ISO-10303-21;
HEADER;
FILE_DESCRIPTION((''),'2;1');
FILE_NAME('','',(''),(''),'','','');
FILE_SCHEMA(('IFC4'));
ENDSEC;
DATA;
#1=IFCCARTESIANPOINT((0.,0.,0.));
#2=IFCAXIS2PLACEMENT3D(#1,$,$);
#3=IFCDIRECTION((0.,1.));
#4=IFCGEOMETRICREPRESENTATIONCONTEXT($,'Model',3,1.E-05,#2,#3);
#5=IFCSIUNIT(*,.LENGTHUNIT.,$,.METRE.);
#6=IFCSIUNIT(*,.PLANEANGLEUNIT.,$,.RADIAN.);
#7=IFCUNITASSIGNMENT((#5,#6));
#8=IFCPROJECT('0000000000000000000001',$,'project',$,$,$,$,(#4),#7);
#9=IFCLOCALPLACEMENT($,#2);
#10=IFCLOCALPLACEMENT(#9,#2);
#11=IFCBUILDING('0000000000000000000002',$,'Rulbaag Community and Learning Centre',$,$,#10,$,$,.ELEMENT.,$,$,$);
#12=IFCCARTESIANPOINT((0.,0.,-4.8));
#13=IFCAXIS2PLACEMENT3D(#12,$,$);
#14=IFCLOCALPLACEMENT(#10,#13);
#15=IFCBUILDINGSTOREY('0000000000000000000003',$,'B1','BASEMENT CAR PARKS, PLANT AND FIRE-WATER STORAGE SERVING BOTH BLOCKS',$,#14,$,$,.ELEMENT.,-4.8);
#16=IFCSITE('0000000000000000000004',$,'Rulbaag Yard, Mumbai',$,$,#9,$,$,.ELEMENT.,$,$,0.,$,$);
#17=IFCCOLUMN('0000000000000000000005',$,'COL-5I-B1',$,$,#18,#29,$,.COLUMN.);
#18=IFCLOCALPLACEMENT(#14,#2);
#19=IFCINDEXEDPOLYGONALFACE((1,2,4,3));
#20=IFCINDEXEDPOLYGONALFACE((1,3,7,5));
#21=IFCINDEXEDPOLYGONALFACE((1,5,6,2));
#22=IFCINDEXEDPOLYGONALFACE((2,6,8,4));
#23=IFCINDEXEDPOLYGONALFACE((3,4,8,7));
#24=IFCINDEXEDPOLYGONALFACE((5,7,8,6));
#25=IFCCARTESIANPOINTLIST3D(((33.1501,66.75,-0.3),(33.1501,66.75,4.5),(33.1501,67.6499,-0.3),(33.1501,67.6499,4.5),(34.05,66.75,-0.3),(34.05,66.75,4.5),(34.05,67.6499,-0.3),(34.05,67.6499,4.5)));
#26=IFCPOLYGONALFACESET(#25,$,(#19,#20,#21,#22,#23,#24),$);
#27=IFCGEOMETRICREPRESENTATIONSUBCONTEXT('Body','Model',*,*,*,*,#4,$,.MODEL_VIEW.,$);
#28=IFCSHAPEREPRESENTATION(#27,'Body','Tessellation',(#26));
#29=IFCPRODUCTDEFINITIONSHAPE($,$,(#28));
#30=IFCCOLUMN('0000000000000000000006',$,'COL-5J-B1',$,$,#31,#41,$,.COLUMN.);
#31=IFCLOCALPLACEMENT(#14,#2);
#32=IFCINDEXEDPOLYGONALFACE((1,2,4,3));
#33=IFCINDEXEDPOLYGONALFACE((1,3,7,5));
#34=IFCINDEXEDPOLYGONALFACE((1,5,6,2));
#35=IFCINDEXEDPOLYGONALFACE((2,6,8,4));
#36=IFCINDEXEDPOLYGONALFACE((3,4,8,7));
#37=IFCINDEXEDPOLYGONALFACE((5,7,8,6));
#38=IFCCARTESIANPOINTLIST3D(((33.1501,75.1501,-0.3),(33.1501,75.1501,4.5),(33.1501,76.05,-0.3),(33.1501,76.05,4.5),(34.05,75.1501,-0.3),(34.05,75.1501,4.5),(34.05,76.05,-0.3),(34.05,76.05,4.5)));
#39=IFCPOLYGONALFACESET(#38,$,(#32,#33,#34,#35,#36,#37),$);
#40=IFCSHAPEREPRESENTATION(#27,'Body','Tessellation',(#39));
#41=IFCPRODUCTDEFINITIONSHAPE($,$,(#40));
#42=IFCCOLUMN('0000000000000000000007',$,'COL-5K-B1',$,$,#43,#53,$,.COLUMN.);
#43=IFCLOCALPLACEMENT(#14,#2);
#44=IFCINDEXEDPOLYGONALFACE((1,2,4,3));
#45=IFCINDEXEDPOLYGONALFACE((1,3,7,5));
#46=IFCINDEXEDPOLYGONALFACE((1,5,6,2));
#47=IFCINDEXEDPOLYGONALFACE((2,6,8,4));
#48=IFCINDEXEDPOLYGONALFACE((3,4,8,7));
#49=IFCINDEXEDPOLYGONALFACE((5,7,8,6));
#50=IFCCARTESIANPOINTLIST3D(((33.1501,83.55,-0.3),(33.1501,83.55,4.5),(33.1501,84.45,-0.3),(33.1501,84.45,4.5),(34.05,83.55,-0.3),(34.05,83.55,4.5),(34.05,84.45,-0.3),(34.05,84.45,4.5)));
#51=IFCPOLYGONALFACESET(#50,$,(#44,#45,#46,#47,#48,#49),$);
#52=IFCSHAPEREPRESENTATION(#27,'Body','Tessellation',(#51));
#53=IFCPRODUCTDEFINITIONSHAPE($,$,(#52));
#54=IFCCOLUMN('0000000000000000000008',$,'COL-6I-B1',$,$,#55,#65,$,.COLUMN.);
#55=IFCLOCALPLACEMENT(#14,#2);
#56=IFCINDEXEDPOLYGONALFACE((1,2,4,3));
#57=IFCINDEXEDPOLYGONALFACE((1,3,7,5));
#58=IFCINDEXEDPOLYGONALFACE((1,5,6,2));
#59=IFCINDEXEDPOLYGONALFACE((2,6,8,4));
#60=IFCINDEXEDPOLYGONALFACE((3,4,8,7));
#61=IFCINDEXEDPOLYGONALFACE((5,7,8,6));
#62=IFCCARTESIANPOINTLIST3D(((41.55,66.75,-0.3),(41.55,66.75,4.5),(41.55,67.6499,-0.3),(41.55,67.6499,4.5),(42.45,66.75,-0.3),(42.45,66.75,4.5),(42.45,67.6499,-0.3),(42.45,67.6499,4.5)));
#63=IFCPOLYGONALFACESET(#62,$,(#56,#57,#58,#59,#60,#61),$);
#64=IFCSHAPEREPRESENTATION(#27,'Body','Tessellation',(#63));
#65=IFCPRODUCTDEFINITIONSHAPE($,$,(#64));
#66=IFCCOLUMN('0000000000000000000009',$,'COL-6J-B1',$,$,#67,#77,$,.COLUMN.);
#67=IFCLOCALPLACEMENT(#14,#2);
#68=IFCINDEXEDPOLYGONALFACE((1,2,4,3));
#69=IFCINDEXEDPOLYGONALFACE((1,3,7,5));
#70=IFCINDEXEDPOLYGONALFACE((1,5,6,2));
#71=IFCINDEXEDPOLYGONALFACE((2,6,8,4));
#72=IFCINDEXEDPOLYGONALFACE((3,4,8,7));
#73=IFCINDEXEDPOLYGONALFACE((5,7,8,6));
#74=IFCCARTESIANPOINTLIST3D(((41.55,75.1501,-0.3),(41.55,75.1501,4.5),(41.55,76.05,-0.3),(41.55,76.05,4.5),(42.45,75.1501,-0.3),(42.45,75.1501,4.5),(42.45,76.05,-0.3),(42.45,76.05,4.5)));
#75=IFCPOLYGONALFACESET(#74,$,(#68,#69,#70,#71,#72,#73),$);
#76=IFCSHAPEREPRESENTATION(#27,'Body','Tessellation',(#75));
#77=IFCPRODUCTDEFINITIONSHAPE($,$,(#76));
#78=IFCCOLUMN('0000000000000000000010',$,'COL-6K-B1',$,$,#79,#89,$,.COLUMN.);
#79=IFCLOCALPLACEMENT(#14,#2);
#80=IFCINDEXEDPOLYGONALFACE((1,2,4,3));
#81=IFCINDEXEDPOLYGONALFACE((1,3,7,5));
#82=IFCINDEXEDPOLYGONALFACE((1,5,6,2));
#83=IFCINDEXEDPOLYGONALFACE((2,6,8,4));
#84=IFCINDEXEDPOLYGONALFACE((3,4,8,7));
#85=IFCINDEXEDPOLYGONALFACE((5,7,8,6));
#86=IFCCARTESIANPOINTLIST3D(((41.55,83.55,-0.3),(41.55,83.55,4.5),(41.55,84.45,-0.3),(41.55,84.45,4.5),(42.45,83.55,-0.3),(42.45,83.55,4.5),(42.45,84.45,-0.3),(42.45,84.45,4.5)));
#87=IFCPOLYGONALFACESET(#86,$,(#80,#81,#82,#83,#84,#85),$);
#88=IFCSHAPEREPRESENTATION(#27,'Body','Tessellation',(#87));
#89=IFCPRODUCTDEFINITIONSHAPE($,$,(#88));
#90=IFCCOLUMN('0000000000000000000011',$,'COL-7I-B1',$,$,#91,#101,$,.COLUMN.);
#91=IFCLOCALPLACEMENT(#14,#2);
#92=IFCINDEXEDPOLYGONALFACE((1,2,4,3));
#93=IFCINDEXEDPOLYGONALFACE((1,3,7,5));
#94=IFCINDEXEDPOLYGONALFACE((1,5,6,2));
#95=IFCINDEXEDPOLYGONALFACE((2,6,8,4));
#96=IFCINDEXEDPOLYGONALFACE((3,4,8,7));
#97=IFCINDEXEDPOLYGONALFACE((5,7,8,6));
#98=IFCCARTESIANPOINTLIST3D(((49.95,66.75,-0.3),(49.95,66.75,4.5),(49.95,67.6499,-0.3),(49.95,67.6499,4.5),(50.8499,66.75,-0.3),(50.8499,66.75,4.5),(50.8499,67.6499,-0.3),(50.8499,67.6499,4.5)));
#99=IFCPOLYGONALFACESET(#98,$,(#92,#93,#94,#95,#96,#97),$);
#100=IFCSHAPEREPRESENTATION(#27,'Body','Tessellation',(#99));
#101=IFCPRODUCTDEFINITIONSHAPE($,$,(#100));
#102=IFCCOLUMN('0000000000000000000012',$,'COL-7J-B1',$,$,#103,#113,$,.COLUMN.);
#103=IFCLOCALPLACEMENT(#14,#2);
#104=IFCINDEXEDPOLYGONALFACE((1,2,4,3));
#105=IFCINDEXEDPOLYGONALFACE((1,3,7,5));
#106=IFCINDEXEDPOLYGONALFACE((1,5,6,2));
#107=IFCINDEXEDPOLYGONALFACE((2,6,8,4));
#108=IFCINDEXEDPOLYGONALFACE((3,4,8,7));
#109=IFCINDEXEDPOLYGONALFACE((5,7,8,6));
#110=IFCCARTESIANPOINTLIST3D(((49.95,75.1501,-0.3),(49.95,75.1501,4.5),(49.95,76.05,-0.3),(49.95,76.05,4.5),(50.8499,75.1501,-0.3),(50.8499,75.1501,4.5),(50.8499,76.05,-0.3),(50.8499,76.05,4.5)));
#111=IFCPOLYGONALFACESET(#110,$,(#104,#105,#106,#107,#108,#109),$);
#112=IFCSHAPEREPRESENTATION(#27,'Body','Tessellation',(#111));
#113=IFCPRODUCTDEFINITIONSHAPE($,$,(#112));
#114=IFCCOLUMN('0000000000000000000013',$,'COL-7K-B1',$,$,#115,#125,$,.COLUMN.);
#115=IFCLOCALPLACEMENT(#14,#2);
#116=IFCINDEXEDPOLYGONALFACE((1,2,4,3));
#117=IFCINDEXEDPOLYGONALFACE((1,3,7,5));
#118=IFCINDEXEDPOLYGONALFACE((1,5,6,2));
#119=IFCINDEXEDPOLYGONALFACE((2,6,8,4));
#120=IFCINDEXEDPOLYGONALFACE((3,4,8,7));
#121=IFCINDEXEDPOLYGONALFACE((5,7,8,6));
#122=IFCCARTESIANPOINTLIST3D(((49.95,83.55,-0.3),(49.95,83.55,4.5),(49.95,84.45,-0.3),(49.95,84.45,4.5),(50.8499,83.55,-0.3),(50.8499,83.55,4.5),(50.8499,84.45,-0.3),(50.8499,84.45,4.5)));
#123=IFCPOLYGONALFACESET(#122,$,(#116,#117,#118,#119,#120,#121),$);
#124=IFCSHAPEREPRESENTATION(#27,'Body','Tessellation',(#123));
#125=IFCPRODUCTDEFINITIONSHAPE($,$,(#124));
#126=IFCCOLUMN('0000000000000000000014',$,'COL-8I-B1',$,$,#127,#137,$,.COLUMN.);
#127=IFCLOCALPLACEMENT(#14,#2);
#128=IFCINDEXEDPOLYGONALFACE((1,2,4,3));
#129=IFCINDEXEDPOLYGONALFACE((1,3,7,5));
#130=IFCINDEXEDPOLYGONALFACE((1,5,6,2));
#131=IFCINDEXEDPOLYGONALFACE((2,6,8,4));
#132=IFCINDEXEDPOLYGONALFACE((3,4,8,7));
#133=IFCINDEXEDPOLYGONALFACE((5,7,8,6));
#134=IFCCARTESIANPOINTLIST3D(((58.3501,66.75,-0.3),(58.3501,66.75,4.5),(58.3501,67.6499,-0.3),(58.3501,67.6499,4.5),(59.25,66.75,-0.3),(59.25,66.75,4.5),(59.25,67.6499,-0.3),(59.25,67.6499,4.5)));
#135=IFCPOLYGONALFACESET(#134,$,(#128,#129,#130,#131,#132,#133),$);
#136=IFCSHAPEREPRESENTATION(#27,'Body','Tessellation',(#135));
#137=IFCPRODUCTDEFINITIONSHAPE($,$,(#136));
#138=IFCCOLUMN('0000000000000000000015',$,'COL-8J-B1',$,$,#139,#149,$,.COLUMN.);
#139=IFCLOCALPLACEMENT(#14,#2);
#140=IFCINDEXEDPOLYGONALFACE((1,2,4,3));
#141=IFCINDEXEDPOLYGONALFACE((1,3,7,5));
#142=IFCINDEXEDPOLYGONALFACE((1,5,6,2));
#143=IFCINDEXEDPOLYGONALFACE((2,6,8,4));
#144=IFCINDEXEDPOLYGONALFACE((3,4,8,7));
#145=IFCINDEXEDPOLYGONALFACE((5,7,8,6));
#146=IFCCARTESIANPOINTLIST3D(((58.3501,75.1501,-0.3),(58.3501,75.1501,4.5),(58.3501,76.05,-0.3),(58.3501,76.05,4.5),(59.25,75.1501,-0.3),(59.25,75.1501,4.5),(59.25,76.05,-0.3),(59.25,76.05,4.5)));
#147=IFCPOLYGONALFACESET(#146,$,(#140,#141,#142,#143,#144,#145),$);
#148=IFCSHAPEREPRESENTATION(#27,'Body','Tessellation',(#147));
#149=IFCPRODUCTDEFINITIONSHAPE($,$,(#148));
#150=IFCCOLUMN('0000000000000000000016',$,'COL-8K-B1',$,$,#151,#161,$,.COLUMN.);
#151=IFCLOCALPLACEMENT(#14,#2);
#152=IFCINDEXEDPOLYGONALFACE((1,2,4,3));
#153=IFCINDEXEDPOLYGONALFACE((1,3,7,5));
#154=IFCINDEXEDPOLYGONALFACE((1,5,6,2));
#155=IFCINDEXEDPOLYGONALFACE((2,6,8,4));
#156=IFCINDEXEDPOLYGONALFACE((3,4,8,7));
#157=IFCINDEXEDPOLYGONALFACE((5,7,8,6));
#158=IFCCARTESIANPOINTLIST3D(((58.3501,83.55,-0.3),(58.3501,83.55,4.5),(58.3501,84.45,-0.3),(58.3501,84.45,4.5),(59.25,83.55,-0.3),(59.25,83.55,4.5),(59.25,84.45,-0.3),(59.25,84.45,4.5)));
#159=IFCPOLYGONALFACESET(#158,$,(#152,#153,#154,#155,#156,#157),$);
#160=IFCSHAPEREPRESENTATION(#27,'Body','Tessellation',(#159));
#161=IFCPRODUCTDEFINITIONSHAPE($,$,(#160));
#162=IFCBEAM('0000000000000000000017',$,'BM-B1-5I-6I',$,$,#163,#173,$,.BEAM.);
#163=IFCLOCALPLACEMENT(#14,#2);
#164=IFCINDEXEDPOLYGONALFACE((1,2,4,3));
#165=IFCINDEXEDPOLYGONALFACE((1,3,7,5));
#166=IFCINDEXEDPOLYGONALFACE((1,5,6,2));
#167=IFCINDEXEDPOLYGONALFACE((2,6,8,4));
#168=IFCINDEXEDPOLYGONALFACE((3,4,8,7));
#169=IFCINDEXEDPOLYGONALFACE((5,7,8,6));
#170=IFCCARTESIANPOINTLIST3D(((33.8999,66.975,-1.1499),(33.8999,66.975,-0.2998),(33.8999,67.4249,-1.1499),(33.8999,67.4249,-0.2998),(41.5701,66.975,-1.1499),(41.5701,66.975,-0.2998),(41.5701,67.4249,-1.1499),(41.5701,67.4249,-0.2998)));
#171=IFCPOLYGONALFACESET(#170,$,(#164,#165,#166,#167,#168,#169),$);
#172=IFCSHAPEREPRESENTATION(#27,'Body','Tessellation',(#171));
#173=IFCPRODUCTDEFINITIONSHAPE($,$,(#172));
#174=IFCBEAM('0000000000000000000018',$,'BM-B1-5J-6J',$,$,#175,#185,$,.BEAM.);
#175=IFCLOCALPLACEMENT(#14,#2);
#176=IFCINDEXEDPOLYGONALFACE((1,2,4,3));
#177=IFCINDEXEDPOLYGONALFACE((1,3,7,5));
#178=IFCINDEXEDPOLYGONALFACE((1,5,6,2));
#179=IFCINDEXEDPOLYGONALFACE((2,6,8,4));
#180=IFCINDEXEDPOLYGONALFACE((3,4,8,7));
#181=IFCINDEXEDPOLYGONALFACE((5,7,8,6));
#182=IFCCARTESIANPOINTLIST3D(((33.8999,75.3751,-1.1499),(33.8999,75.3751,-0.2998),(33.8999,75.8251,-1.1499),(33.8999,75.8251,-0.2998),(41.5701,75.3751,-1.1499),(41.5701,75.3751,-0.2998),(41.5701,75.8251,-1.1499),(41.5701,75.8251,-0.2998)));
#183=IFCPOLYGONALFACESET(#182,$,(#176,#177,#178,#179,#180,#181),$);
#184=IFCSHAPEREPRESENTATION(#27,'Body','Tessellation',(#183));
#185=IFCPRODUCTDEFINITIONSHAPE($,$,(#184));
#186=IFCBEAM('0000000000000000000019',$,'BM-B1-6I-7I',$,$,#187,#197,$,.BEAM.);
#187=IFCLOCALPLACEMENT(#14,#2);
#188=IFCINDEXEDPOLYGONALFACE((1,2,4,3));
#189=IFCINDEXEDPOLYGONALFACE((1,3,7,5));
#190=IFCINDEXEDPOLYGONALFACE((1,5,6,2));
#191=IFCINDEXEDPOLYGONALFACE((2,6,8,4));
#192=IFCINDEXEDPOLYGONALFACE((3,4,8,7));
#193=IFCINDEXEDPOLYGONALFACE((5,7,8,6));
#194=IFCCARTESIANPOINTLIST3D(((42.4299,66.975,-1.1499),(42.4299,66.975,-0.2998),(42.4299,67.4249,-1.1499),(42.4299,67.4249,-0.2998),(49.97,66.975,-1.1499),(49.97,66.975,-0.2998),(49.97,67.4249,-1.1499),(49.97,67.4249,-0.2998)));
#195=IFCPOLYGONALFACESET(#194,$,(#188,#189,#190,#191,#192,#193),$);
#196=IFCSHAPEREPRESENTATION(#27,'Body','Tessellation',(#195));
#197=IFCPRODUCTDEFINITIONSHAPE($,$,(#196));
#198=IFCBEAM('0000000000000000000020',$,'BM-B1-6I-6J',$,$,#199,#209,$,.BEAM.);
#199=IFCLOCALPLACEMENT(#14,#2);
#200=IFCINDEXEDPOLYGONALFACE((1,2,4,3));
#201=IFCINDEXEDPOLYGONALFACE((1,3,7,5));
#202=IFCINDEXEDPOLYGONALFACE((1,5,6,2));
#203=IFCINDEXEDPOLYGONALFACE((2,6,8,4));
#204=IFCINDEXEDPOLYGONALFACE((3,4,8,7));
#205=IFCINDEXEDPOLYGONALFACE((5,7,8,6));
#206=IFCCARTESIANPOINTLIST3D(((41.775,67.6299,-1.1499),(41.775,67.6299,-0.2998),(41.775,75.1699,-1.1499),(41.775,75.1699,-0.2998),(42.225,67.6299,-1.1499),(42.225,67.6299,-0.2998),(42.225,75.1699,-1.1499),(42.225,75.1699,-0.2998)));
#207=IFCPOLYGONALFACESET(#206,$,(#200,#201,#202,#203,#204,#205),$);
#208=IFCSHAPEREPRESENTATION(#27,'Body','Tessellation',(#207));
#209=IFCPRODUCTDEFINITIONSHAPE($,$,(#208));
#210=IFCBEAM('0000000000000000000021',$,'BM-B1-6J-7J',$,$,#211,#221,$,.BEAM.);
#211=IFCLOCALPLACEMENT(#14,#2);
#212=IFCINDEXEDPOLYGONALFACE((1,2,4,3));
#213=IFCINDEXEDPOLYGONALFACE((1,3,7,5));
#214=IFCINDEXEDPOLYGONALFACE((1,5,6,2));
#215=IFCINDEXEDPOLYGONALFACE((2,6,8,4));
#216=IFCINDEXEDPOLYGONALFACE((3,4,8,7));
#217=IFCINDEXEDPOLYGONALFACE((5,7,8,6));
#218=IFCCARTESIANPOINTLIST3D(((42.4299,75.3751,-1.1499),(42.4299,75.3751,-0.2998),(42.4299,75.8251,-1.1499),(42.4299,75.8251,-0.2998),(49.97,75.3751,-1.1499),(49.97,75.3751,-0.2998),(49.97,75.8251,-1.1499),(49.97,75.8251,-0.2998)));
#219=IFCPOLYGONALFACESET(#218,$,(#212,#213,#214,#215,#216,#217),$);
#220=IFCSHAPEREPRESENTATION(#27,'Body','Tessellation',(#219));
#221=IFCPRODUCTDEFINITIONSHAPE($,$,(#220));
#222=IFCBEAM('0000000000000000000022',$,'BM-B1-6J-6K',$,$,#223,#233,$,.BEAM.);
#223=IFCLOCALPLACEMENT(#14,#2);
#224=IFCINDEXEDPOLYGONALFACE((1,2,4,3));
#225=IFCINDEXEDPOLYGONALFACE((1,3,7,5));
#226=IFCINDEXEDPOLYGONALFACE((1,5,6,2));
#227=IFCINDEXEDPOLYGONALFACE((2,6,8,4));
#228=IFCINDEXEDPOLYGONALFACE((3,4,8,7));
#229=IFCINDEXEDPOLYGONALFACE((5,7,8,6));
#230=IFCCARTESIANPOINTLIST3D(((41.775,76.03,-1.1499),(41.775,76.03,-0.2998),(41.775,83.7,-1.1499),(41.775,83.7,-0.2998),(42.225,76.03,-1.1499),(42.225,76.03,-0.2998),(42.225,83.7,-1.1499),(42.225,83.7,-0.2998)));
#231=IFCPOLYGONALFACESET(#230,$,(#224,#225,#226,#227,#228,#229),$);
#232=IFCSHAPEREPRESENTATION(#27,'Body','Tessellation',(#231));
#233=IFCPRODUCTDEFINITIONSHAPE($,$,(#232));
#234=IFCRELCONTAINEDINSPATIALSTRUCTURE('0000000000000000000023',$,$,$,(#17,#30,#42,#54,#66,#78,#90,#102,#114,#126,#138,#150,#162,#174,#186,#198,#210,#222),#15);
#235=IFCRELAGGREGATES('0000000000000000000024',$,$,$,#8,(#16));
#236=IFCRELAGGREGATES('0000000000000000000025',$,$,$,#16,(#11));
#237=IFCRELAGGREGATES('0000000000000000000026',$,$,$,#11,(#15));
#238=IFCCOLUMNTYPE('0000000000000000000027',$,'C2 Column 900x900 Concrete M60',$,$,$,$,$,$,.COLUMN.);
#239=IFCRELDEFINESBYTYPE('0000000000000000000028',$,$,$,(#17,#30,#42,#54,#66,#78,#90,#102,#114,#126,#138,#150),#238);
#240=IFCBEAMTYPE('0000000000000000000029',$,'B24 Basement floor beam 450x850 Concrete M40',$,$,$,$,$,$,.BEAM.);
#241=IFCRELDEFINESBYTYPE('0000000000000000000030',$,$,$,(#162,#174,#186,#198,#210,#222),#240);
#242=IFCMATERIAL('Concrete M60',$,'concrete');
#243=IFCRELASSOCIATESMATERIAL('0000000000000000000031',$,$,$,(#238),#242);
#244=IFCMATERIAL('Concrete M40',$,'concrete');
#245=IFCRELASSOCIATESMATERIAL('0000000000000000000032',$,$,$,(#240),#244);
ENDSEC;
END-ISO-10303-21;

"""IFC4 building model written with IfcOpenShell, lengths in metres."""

from ifc_helpers import new_model, si_unit, direction, frame, origin, origin_2d, place, context, subcontext, project, spatial, rectangle, extrude, material, material_profile, profile_set, type_object, element, save


model = new_model("IFC4")

# Units and contexts
model_context = context("Model", 3, precision=1e-05, world=origin(), true_north=direction((0.0, 1.0)))
body_context = subcontext(model_context, "Body", "Model", "MODEL_VIEW")
ifc_project = project(units=[si_unit("LENGTHUNIT", "METRE"), si_unit("PLANEANGLEUNIT", "RADIAN")], contexts=[model_context])

# Site, building, storey
site_placement = place(None, origin())
site = spatial("IfcSite", under=ifc_project, at=site_placement, Name="Rulbaag Yard, Mumbai", CompositionType="ELEMENT", RefElevation=0.0)
building_placement = place(site_placement, origin())
building = spatial("IfcBuilding", under=site, at=building_placement, Name="Rulbaag Community and Learning Centre", CompositionType="ELEMENT")
storey_placement = place(building_placement, frame((0.0, 0.0, -4.8)))
storey = spatial("IfcBuildingStorey", under=building, at=storey_placement, Name="B1", Description="BASEMENT CAR PARKS, PLANT AND FIRE-WATER STORAGE SERVING BOTH BLOCKS", CompositionType="ELEMENT", Elevation=-4.8)

# Columns
ifc_material_1 = material(Name="Concrete M60", Category="concrete")
ifc_material_profile_1 = material_profile(ifc_material_1, rectangle(XDim=0.8999, YDim=0.8999, at=origin_2d()), Name="RC900x900")
ifc_profile_set_1 = profile_set([ifc_material_profile_1], Name="Concrete M60")
column_type = type_object("IfcColumnType", Name="C2 Column 900x900 Concrete M60", PredefinedType="COLUMN", material=ifc_profile_set_1)
for number, where, z_axis, x_axis, name in (
    (1, (33.6001, 67.2, -0.3), (0.0, 0.0, 1.0), (1.0, 0.0, 0.0), "COL-5I-B1"),
    (2, (33.6001, 75.6001, -0.3), (0.0, 0.0, 1.0), (1.0, 0.0, 0.0), "COL-5J-B1"),
    (3, (33.6001, 84.0, -0.3), (0.0, 0.0, 1.0), (1.0, 0.0, 0.0), "COL-5K-B1"),
    (4, (42.0, 67.2, -0.3), (0.0, 0.0, 1.0), (1.0, 0.0, 0.0), "COL-6I-B1"),
    (5, (42.0, 75.6001, -0.3), (0.0, 0.0, 1.0), (1.0, 0.0, 0.0), "COL-6J-B1"),
    (6, (42.0, 84.0, -0.3), (0.0, 0.0, 1.0), (1.0, 0.0, 0.0), "COL-6K-B1"),
    (7, (50.3999, 67.2, -0.3), (0.0, 0.0, 1.0), (1.0, 0.0, 0.0), "COL-7I-B1"),
    (8, (50.3999, 75.6001, -0.3), (0.0, 0.0, 1.0), (1.0, 0.0, 0.0), "COL-7J-B1"),
    (9, (50.3999, 84.0, -0.3), (0.0, 0.0, 1.0), (1.0, 0.0, 0.0), "COL-7K-B1"),
    (10, (58.8, 67.2, -0.3), (0.0, 0.0, 1.0), (1.0, 0.0, 0.0), "COL-8I-B1"),
    (11, (58.8, 75.6001, -0.3), (0.0, 0.0, 1.0), (1.0, 0.0, 0.0), "COL-8J-B1"),
    (12, (58.8, 84.0, -0.3), (0.0, 0.0, 1.0), (1.0, 0.0, 0.0), "COL-8K-B1"),
):
    element("IfcColumn", number, at=place(storey_placement, frame(where, z_axis=z_axis, x_axis=x_axis)), inside=storey, type_object=column_type, Name=name, PredefinedType="COLUMN", context=body_context, shape_type="SweptSolid", body=[
        extrude(rectangle(XDim=0.8999, YDim=0.8999, at=origin_2d()), origin(), (0.0, 0.0, 1.0), 4.8),
    ])

# Beams
ifc_material_2 = material(Name="Concrete M40", Category="concrete")
ifc_material_profile_2 = material_profile(ifc_material_2, rectangle(XDim=0.45, YDim=0.8501, at=origin_2d()), Name="RB450x850")
ifc_profile_set_2 = profile_set([ifc_material_profile_2], Name="Concrete M40")
beam_type = type_object("IfcBeamType", Name="B24 Basement floor beam 450x850 Concrete M40", PredefinedType="BEAM", material=ifc_profile_set_2)
for number, where, z_axis, x_axis, name in (
    (13, (33.8999, 67.2, -0.7249), (1.0, 0.0, 0.0), (0.0, 1.0, 0.0), "BM-B1-5I-6I"),
    (14, (33.8999, 75.6001, -0.7249), (1.0, 0.0, 0.0), (0.0, 1.0, 0.0), "BM-B1-5J-6J"),
):
    element("IfcBeam", number, at=place(storey_placement, frame(where, z_axis=z_axis, x_axis=x_axis)), inside=storey, type_object=beam_type, Name=name, PredefinedType="BEAM", context=body_context, shape_type="SweptSolid", body=[
        extrude(rectangle(XDim=0.45, YDim=0.8501, at=origin_2d()), origin(), (0.0, 0.0, 1.0), 7.6702),
    ])
for number, where, z_axis, x_axis, name in (
    (15, (42.4299, 67.2, -0.7249), (1.0, 0.0, 0.0), (0.0, 1.0, 0.0), "BM-B1-6I-7I"),
    (16, (42.0, 67.6299, -0.7249), (0.0, 1.0, 0.0), (-1.0, 0.0, 0.0), "BM-B1-6I-6J"),
    (17, (42.4299, 75.6001, -0.7249), (1.0, 0.0, 0.0), (0.0, 1.0, 0.0), "BM-B1-6J-7J"),
):
    element("IfcBeam", number, at=place(storey_placement, frame(where, z_axis=z_axis, x_axis=x_axis)), inside=storey, type_object=beam_type, Name=name, PredefinedType="BEAM", context=body_context, shape_type="SweptSolid", body=[
        extrude(rectangle(XDim=0.45, YDim=0.8501, at=origin_2d()), origin(), (0.0, 0.0, 1.0), 7.54),
    ])
beam_1_placement = place(storey_placement, frame((42.0, 76.03, -0.7249), z_axis=(0.0, 1.0, 0.0), x_axis=(-1.0, 0.0, 0.0)))
element("IfcBeam", 18, at=beam_1_placement, inside=storey, type_object=beam_type, Name="BM-B1-6J-6K", PredefinedType="BEAM", context=body_context, shape_type="SweptSolid", body=[
    extrude(rectangle(XDim=0.45, YDim=0.8501, at=origin_2d()), origin(), (0.0, 0.0, 1.0), 7.6699),
])

save(model, "model.ifc")
